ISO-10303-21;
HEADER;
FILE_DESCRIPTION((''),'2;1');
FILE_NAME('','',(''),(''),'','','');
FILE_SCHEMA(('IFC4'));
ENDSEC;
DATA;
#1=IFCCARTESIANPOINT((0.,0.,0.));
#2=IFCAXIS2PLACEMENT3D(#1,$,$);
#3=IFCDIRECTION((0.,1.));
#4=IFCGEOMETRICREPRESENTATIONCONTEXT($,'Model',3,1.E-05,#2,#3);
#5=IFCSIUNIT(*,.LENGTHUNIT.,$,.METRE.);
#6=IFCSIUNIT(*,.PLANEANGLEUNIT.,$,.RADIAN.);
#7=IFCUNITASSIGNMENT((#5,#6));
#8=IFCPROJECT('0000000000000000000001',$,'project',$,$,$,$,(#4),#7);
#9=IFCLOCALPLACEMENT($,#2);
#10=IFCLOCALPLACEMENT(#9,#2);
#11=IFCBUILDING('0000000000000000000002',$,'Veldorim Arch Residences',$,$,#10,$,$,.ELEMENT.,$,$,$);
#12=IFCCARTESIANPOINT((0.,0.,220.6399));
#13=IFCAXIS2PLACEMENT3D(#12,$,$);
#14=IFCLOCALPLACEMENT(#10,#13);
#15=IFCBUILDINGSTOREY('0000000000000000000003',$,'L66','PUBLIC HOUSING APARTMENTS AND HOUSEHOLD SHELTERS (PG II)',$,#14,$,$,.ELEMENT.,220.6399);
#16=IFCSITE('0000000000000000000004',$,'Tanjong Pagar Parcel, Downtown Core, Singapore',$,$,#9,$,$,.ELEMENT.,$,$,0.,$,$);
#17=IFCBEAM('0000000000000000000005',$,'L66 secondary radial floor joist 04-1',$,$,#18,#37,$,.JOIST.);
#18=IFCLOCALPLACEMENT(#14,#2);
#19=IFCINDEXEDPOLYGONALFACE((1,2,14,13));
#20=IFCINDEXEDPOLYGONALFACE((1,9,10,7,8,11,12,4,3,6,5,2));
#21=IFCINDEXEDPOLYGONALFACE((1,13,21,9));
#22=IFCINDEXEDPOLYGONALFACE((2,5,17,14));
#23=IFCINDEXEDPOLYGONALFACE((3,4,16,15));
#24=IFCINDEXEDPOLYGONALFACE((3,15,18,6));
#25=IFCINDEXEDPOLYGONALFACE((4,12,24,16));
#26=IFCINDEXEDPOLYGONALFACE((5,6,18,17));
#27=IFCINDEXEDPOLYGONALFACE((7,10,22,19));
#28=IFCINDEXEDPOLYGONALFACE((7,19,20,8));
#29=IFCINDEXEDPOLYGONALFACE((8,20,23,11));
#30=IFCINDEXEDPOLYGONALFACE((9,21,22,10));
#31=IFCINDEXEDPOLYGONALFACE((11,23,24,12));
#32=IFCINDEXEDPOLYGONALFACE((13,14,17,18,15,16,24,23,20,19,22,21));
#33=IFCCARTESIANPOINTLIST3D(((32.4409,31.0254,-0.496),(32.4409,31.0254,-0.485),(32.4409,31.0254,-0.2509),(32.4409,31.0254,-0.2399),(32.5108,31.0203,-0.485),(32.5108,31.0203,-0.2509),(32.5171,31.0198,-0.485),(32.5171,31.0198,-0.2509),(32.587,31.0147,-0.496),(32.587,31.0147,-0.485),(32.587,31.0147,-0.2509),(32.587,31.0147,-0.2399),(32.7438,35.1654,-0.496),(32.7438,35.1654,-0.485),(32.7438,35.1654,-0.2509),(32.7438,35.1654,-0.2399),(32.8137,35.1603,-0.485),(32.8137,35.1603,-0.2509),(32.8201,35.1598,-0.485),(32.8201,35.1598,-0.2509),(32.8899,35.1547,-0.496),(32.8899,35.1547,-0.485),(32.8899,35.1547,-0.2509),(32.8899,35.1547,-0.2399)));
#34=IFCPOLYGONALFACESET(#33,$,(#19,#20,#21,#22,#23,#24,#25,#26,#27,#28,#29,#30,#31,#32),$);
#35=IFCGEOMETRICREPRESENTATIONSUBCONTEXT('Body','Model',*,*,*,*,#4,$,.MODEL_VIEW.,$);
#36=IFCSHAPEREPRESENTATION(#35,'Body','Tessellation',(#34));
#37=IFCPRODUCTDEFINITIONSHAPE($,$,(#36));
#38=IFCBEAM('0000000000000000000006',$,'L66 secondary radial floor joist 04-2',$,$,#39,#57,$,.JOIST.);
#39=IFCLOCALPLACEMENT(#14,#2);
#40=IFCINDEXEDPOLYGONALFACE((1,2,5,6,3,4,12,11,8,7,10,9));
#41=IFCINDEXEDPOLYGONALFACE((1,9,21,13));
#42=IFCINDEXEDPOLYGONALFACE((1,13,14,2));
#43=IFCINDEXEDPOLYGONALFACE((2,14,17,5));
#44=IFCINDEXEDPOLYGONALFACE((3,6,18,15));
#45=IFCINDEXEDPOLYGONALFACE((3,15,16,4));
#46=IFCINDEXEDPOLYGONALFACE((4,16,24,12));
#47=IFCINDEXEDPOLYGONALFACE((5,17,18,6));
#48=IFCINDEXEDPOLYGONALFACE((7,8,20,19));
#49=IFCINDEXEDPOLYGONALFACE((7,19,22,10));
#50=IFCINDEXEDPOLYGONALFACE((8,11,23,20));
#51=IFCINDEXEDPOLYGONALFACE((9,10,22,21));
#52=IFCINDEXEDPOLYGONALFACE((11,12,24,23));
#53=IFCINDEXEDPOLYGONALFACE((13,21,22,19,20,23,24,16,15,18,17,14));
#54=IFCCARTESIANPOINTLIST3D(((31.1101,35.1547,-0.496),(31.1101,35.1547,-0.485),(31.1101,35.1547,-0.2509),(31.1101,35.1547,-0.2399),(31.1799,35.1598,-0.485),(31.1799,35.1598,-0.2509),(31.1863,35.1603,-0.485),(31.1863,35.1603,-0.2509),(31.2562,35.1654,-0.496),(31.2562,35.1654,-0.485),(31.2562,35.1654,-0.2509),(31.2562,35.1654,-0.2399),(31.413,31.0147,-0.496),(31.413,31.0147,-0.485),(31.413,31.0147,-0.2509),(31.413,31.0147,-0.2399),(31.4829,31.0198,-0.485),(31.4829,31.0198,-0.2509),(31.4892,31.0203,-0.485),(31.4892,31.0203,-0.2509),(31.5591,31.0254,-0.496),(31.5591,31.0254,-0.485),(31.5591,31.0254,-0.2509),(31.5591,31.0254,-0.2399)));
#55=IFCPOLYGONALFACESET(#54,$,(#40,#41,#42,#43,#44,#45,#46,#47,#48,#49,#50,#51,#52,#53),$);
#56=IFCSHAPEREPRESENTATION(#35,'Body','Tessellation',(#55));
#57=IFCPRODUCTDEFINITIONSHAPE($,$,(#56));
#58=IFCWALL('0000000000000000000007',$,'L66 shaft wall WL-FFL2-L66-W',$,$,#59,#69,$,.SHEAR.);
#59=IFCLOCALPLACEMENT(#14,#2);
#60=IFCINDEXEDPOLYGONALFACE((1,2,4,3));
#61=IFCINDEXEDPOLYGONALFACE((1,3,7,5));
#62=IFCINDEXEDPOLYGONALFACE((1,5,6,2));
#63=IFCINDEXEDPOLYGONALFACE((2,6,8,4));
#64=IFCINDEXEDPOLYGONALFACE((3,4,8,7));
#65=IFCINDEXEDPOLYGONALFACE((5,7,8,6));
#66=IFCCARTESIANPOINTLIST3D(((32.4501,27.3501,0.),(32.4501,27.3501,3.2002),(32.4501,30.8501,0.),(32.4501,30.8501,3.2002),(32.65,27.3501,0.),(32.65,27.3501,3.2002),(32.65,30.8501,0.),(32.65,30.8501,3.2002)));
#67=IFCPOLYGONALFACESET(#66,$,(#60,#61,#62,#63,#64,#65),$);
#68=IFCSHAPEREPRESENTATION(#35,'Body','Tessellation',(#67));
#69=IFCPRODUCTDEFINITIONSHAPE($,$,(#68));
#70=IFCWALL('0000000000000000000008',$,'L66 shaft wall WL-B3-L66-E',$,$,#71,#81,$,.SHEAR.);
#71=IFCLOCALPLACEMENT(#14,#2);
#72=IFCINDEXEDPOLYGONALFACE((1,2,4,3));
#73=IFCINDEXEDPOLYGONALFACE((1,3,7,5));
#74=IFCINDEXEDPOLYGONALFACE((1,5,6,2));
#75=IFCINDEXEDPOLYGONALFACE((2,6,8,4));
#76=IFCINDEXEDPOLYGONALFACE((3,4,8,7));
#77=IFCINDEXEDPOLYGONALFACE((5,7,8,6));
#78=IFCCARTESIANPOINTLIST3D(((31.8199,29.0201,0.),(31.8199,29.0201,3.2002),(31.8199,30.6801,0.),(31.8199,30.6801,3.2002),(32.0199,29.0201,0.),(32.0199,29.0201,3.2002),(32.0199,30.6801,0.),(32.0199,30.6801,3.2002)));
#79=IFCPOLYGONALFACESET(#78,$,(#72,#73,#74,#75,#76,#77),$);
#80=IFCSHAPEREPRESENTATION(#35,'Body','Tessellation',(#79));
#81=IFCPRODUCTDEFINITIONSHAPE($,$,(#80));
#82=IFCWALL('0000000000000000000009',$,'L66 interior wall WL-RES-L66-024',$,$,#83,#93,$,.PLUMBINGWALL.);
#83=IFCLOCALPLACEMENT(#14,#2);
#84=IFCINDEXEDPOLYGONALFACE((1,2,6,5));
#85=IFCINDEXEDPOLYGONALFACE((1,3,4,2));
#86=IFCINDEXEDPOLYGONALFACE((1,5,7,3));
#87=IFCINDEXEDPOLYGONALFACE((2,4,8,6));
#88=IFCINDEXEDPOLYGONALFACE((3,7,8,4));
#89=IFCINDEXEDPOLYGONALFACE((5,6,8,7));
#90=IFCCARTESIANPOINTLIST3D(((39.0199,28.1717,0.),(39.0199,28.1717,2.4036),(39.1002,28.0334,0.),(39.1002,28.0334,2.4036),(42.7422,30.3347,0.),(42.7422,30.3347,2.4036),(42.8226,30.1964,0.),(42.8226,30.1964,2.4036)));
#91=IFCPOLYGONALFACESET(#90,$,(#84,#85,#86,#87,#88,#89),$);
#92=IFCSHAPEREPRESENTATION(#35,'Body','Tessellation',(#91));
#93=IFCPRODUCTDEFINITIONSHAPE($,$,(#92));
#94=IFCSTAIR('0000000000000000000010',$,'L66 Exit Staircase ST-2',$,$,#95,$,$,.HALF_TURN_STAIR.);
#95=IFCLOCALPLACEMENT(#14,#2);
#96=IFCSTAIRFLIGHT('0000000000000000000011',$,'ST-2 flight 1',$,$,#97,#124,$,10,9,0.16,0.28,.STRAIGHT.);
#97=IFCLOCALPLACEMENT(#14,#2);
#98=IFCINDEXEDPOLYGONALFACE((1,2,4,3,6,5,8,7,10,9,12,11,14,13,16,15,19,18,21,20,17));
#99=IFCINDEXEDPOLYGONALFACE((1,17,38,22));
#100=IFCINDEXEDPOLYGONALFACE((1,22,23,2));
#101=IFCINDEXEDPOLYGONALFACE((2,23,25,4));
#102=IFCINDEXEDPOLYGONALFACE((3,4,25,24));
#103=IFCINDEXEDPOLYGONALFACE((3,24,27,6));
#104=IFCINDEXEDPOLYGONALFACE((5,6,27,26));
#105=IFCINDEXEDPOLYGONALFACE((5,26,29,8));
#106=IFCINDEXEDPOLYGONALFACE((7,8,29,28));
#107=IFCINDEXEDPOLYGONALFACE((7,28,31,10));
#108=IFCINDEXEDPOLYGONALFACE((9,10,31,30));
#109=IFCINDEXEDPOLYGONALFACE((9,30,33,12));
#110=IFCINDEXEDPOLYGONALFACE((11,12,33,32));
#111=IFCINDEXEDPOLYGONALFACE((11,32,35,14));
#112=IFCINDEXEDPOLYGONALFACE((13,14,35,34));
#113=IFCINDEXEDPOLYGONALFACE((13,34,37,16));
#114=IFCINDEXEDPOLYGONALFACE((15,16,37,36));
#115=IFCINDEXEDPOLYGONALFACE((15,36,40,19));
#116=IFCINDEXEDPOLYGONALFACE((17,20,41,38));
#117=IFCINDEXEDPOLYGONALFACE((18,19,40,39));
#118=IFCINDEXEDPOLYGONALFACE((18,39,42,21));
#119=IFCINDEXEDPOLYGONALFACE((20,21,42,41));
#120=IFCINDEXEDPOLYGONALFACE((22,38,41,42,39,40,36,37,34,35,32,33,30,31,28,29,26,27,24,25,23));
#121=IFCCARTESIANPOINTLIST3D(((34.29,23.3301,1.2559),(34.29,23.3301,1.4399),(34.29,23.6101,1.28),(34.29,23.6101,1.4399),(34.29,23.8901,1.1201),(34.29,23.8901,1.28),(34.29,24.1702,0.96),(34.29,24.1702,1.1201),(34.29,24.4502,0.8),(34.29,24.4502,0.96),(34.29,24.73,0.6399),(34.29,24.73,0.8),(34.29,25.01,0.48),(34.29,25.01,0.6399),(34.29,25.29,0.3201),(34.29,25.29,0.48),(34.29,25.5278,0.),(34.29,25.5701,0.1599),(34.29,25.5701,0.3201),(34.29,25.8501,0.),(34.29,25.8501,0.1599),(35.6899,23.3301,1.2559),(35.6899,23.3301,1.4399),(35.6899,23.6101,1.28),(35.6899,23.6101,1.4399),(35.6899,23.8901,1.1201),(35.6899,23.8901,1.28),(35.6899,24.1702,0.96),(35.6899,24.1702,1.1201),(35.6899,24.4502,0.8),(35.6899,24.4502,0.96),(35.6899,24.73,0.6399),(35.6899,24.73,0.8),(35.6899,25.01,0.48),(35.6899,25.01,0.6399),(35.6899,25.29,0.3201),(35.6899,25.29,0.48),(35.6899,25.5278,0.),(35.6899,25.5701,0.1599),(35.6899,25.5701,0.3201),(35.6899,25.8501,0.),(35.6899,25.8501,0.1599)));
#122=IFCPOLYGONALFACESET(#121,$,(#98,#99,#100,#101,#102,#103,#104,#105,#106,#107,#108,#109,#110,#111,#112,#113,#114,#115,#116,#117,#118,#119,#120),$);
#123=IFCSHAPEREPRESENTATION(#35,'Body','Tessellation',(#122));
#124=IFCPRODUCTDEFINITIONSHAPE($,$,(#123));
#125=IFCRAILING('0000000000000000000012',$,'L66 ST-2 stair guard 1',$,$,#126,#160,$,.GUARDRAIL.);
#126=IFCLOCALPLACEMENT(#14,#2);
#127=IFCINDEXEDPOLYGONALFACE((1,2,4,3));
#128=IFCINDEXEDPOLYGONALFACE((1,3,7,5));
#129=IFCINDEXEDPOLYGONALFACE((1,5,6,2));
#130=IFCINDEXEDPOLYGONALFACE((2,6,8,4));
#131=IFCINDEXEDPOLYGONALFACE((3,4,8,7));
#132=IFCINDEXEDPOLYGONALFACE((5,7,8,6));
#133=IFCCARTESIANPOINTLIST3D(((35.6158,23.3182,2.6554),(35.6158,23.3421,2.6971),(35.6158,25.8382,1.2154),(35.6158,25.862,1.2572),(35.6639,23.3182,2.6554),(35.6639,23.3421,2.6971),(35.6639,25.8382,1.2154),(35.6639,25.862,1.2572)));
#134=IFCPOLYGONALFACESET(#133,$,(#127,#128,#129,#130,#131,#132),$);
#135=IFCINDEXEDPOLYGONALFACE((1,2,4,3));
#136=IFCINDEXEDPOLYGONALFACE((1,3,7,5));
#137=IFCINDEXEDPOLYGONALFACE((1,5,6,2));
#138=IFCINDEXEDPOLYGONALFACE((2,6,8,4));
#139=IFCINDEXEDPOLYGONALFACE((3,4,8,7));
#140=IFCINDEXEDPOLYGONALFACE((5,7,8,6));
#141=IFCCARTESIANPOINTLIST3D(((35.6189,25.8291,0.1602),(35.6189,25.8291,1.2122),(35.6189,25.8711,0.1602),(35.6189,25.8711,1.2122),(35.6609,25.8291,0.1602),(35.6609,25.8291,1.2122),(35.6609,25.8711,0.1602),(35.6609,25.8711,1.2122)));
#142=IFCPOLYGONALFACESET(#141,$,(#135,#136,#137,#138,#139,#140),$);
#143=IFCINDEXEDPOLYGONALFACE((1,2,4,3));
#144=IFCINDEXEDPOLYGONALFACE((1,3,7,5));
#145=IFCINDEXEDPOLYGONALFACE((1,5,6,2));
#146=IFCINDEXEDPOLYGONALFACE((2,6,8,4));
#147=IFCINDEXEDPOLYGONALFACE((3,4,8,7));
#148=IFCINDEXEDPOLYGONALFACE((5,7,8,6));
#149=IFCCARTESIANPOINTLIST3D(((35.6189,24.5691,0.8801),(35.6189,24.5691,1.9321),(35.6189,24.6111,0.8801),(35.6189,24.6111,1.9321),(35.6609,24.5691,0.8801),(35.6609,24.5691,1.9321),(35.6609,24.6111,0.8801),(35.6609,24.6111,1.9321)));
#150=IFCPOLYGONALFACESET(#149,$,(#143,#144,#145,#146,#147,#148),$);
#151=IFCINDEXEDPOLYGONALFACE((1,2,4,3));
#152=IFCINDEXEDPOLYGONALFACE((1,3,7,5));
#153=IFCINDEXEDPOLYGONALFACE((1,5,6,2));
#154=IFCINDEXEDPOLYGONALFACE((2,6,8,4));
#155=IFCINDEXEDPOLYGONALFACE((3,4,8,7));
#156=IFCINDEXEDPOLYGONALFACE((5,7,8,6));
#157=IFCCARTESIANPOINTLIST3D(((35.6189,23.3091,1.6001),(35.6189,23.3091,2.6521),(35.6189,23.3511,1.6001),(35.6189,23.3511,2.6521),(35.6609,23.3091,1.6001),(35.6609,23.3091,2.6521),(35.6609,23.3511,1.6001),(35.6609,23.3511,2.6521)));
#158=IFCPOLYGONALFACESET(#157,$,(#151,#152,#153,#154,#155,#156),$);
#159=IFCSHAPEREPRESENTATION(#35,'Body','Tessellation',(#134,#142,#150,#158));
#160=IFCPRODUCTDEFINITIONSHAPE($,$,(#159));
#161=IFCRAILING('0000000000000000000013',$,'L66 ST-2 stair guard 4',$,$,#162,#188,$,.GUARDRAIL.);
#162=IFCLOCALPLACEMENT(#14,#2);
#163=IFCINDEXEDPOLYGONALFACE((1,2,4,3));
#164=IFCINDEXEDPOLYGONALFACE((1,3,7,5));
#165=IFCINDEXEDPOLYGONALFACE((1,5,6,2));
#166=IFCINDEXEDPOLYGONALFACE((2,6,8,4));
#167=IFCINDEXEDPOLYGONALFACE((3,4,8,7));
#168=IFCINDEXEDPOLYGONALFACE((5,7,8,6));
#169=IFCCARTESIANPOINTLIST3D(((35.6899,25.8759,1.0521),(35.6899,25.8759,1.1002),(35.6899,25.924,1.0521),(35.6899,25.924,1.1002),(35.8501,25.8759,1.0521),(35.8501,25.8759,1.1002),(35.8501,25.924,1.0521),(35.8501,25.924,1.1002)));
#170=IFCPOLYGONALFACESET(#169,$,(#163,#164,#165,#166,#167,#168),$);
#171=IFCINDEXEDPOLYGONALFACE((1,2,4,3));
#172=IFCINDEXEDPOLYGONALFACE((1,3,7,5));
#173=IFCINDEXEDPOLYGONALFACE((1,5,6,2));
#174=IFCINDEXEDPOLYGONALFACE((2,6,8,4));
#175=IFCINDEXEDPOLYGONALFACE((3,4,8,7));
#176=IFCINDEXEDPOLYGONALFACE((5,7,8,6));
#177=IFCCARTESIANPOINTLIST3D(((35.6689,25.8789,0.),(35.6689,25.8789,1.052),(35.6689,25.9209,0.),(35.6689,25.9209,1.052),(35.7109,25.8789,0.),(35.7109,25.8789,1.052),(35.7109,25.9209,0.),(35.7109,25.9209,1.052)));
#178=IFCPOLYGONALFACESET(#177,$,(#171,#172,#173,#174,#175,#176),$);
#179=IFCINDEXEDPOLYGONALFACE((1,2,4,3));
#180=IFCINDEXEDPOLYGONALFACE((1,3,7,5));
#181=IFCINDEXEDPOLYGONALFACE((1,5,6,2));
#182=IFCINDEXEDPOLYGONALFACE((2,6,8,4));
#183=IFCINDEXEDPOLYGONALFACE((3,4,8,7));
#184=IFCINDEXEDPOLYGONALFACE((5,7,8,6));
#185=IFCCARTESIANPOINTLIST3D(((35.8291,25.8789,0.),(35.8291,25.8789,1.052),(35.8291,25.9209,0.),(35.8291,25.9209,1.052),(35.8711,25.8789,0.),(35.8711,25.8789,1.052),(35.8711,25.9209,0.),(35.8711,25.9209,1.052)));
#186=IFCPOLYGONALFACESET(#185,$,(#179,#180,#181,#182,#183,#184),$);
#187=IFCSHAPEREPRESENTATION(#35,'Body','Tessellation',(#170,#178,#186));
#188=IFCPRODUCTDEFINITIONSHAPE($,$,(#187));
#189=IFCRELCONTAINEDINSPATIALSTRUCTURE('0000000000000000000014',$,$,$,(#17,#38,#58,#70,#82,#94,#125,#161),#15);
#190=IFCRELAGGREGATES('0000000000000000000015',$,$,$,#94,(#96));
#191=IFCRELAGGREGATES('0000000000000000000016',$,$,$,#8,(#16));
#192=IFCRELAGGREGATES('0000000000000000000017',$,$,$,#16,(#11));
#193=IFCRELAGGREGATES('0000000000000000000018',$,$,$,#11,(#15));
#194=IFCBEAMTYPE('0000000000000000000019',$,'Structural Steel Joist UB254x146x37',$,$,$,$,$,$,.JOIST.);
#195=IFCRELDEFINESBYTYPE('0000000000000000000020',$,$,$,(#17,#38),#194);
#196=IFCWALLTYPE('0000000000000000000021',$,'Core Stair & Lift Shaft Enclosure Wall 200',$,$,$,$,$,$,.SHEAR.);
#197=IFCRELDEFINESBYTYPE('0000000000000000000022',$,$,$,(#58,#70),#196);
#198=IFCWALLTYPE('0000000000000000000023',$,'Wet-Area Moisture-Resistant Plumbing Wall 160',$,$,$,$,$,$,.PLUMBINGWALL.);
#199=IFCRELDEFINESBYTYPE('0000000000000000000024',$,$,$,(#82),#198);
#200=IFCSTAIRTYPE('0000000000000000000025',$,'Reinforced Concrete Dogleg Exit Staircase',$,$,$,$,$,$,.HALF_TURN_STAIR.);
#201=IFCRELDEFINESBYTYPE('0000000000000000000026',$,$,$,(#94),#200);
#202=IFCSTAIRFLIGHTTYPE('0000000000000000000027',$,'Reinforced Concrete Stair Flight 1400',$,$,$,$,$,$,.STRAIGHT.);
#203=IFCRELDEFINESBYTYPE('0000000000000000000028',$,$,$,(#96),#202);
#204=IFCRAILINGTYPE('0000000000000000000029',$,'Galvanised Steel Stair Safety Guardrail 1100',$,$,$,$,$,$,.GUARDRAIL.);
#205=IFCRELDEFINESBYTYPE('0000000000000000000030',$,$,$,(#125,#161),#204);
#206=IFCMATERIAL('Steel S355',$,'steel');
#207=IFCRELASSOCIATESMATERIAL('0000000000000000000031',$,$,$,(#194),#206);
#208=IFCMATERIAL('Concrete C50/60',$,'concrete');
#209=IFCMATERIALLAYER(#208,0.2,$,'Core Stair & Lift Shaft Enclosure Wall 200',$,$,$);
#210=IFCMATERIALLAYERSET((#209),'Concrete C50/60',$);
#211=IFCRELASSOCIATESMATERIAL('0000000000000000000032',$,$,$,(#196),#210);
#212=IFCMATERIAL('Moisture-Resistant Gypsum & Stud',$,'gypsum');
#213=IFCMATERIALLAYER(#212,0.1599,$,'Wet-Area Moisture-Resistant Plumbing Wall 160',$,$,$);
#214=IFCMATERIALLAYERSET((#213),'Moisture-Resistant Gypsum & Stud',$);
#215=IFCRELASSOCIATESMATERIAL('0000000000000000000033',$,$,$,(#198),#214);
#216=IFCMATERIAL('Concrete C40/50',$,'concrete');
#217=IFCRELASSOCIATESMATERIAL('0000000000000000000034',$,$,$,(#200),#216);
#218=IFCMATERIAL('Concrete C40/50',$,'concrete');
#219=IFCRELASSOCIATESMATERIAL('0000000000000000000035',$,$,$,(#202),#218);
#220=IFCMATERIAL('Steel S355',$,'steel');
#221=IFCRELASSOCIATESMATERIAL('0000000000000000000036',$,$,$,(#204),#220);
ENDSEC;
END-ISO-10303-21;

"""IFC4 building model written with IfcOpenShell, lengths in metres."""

from ifc_helpers import new_model, si_unit, direction, frame, frame_2d, origin, origin_2d, place, context, subcontext, project, spatial, polyline, rectangle, i_section, outline, extrude, material, layer, layer_set, material_profile, profile_set, type_object, element, aggregate, save


model = new_model("IFC4")

# Units and contexts
model_context = context("Model", 3, precision=1e-05, world=origin(), true_north=direction((0.0, 1.0)))
body_context = subcontext(model_context, "Body", "Model", "MODEL_VIEW")
ifc_project = project(units=[si_unit("LENGTHUNIT", "METRE"), si_unit("PLANEANGLEUNIT", "RADIAN")], contexts=[model_context])

# Site, building, storey
site_placement = place(None, origin())
site = spatial("IfcSite", under=ifc_project, at=site_placement, Name="Tanjong Pagar Parcel, Downtown Core, Singapore", CompositionType="ELEMENT", RefElevation=0.0)
building_placement = place(site_placement, origin())
building = spatial("IfcBuilding", under=site, at=building_placement, Name="Veldorim Arch Residences", CompositionType="ELEMENT")
storey_placement = place(building_placement, frame((0.0, 0.0, 220.6399)))
storey = spatial("IfcBuildingStorey", under=building, at=storey_placement, Name="L66", Description="PUBLIC HOUSING APARTMENTS AND HOUSEHOLD SHELTERS (PG II)", CompositionType="ELEMENT", Elevation=220.6399)

# Beams
ifc_material_1 = material(Name="Steel S355", Category="steel")
ifc_material_profile_1 = material_profile(ifc_material_1, i_section(OverallWidth=0.1465, OverallDepth=0.2561, WebThickness=0.0063, FlangeThickness=0.011, at=origin_2d()), Name="UB254x146x37")
ifc_profile_set_1 = profile_set([ifc_material_profile_1], Name="Steel S355")
beam_type_1 = type_object("IfcBeamType", Name="Structural Steel Joist UB254x146x37", PredefinedType="JOIST", material=ifc_profile_set_1)
for number, where, z_axis, x_axis, name in (
    (1, (32.5139, 31.02, -0.3679), (0.072986, 0.997333, 0.0), (-0.997333, 0.072986, 0.0), "L66 secondary radial floor joist 04-1"),
    (2, (31.4861, 31.02, -0.3679), (-0.072986, 0.997333, 0.0), (-0.997333, -0.072986, 0.0), "L66 secondary radial floor joist 04-2"),
):
    element("IfcBeam", number, at=place(storey_placement, frame(where, z_axis=z_axis, x_axis=x_axis)), inside=storey, type_object=beam_type_1, Name=name, PredefinedType="JOIST", context=body_context, shape_type="SweptSolid", body=[
        extrude(i_section(OverallWidth=0.1465, OverallDepth=0.2561, WebThickness=0.0063, FlangeThickness=0.011, at=origin_2d()), origin(), (0.0, 0.0, 1.0), 4.1511),
    ])

# Shared definitions
ifc_material_2 = material(Name="Concrete C50/60", Category="concrete")
ifc_layer_1 = layer(ifc_material_2, 0.2, Name="Core Stair & Lift Shaft Enclosure Wall 200")
ifc_layer_set_1 = layer_set([ifc_layer_1], Name="Concrete C50/60")
wall_type_1 = type_object("IfcWallType", Name="Core Stair & Lift Shaft Enclosure Wall 200", PredefinedType="SHEAR", material=ifc_layer_set_1)

# Wall
wall_1_placement = place(storey_placement, frame((32.55, 27.3501, 0.0), z_axis=(0.0, 0.0, 1.0), x_axis=(0.0, 1.0, 0.0)))
element("IfcWall", 3, at=wall_1_placement, inside=storey, type_object=wall_type_1, Name="L66 shaft wall WL-FFL2-L66-W", PredefinedType="SHEAR", context=body_context, shape_type="SweptSolid", body=[
    extrude(rectangle(XDim=3.5, YDim=0.2, at=frame_2d((1.75, 0.0))), origin(), (0.0, 0.0, 1.0), 3.2002),
])

# Walls
wall_2_placement = place(storey_placement, frame((31.9199, 29.02, 0.0), z_axis=(0.0, 0.0, 1.0), x_axis=(0.0, 1.0, 0.0)))
element("IfcWall", 4, at=wall_2_placement, inside=storey, type_object=wall_type_1, Name="L66 shaft wall WL-B3-L66-E", PredefinedType="SHEAR", context=body_context, shape_type="SweptSolid", body=[
    extrude(rectangle(XDim=1.6599, YDim=0.2, at=frame_2d((0.8301, 0.0))), origin(), (0.0, 0.0, 1.0), 3.2002),
])
ifc_material_3 = material(Name="Moisture-Resistant Gypsum & Stud", Category="gypsum")
ifc_layer_2 = layer(ifc_material_3, 0.1599, Name="Wet-Area Moisture-Resistant Plumbing Wall 160")
ifc_layer_set_2 = layer_set([ifc_layer_2], Name="Moisture-Resistant Gypsum & Stud")
wall_type_2 = type_object("IfcWallType", Name="Wet-Area Moisture-Resistant Plumbing Wall 160", PredefinedType="PLUMBINGWALL", material=ifc_layer_set_2)
wall_3_placement = place(storey_placement, frame((39.0601, 28.1025, 0.0), z_axis=(0.0, 0.0, 1.0), x_axis=(0.864619, 0.502428, 0.0)))
element("IfcWall", 5, at=wall_3_placement, inside=storey, type_object=wall_type_2, Name="L66 interior wall WL-RES-L66-024", PredefinedType="PLUMBINGWALL", context=body_context, shape_type="SweptSolid", body=[
    extrude(rectangle(XDim=4.3052, YDim=0.1599, at=frame_2d((2.1526, 0.0))), origin(), (0.0, 0.0, 1.0), 2.4036),
])

# Stair, stair flight
ifc_material_4 = material(Name="Concrete C40/50", Category="concrete")
stair_type = type_object("IfcStairType", Name="Reinforced Concrete Dogleg Exit Staircase", PredefinedType="HALF_TURN_STAIR", material=ifc_material_4)
stair_placement = place(storey_placement, origin())
stair = element("IfcStair", 6, at=stair_placement, inside=storey, type_object=stair_type, Name="L66 Exit Staircase ST-2", PredefinedType="HALF_TURN_STAIR")
ifc_material_5 = material(Name="Concrete C40/50", Category="concrete")
stair_flight_type = type_object("IfcStairFlightType", Name="Reinforced Concrete Stair Flight 1400", PredefinedType="STRAIGHT", material=ifc_material_5)
stair_flight_placement = place(storey_placement, frame((34.99, 25.8501, 0.0), z_axis=(0.0, 0.0, 1.0), x_axis=(0.0, -1.0, 0.0)))
stair_flight = element("IfcStairFlight", 7, at=stair_flight_placement, type_object=stair_flight_type, Name="ST-2 flight 1", NumberOfRisers=10, NumberOfTreads=9, PredefinedType="STRAIGHT", RiserHeight=0.16, TreadLength=0.28, context=body_context, shape_type="SweptSolid", body=[
    extrude(outline(polyline([(0.0, 0.0), (0.0, 0.1599), (0.28, 0.1599), (0.28, 0.3201), (0.5601, 0.3201), (0.5601, 0.48), (0.8401, 0.48), (0.8401, 0.6399), (1.1201, 0.6399), (1.1201, 0.8), (1.3999, 0.8), (1.3999, 0.96), (1.6799, 0.96), (1.6799, 1.1201), (1.96, 1.1201), (1.96, 1.28), (2.24, 1.28), (2.24, 1.4399), (2.52, 1.4399), (2.52, 1.6001), (2.52, 1.2559), (0.3223, 0.0), (0.0, 0.0)])), frame((0.0, 0.7, 0.0), z_axis=(0.0, -1.0, 0.0), x_axis=(1.0, 0.0, 0.0)), (0.0, 0.0, 1.0), 1.3999),
])
aggregate(stair, [stair_flight])

# Railings
ifc_material_6 = material(Name="Steel S355", Category="steel")
railing_type_1 = type_object("IfcRailingType", Name="Galvanised Steel Stair Safety Guardrail 1100", PredefinedType="GUARDRAIL", material=ifc_material_6)
railing_1_placement = place(storey_placement, frame((35.6399, 25.8501, 0.1602)))
element("IfcRailing", 8, at=railing_1_placement, inside=storey, type_object=railing_type_1, Name="L66 ST-2 stair guard 1", PredefinedType="GUARDRAIL", context=body_context, shape_type="SweptSolid", body=[
    extrude(rectangle(XDim=0.0481, YDim=0.0481, at=origin_2d()), frame((0.0, 0.0, 1.0762), z_axis=(0.0, -0.868253, 0.496121), x_axis=(1.0, 0.0, 0.0)), (0.0, 0.0, 1.0), 2.9023),
    extrude(rectangle(XDim=0.042, YDim=0.042, at=origin_2d()), origin(), (0.0, 0.0, 1.0), 1.052),
    extrude(rectangle(XDim=0.042, YDim=0.042, at=origin_2d()), frame((0.0, -1.26, 0.72)), (0.0, 0.0, 1.0), 1.052),
    extrude(rectangle(XDim=0.042, YDim=0.042, at=origin_2d()), frame((0.0, -2.52, 1.4399)), (0.0, 0.0, 1.0), 1.052),
])
railing_2_placement = place(storey_placement, frame((35.6899, 25.8999, 0.0)))
element("IfcRailing", 9, at=railing_2_placement, inside=storey, type_object=railing_type_1, Name="L66 ST-2 stair guard 4", PredefinedType="GUARDRAIL", context=body_context, shape_type="SweptSolid", body=[
    extrude(rectangle(XDim=0.0481, YDim=0.0481, at=origin_2d()), frame((0.0, 0.0, 1.0762), z_axis=(1.0, 0.0, 0.0), x_axis=(0.0, 1.0, 0.0)), (0.0, 0.0, 1.0), 0.1602),
    extrude(rectangle(XDim=0.042, YDim=0.042, at=origin_2d()), origin(), (0.0, 0.0, 1.0), 1.052),
    extrude(rectangle(XDim=0.042, YDim=0.042, at=origin_2d()), frame((0.1602, 0.0, 0.0)), (0.0, 0.0, 1.0), 1.052),
])

save(model, "model.ifc")
